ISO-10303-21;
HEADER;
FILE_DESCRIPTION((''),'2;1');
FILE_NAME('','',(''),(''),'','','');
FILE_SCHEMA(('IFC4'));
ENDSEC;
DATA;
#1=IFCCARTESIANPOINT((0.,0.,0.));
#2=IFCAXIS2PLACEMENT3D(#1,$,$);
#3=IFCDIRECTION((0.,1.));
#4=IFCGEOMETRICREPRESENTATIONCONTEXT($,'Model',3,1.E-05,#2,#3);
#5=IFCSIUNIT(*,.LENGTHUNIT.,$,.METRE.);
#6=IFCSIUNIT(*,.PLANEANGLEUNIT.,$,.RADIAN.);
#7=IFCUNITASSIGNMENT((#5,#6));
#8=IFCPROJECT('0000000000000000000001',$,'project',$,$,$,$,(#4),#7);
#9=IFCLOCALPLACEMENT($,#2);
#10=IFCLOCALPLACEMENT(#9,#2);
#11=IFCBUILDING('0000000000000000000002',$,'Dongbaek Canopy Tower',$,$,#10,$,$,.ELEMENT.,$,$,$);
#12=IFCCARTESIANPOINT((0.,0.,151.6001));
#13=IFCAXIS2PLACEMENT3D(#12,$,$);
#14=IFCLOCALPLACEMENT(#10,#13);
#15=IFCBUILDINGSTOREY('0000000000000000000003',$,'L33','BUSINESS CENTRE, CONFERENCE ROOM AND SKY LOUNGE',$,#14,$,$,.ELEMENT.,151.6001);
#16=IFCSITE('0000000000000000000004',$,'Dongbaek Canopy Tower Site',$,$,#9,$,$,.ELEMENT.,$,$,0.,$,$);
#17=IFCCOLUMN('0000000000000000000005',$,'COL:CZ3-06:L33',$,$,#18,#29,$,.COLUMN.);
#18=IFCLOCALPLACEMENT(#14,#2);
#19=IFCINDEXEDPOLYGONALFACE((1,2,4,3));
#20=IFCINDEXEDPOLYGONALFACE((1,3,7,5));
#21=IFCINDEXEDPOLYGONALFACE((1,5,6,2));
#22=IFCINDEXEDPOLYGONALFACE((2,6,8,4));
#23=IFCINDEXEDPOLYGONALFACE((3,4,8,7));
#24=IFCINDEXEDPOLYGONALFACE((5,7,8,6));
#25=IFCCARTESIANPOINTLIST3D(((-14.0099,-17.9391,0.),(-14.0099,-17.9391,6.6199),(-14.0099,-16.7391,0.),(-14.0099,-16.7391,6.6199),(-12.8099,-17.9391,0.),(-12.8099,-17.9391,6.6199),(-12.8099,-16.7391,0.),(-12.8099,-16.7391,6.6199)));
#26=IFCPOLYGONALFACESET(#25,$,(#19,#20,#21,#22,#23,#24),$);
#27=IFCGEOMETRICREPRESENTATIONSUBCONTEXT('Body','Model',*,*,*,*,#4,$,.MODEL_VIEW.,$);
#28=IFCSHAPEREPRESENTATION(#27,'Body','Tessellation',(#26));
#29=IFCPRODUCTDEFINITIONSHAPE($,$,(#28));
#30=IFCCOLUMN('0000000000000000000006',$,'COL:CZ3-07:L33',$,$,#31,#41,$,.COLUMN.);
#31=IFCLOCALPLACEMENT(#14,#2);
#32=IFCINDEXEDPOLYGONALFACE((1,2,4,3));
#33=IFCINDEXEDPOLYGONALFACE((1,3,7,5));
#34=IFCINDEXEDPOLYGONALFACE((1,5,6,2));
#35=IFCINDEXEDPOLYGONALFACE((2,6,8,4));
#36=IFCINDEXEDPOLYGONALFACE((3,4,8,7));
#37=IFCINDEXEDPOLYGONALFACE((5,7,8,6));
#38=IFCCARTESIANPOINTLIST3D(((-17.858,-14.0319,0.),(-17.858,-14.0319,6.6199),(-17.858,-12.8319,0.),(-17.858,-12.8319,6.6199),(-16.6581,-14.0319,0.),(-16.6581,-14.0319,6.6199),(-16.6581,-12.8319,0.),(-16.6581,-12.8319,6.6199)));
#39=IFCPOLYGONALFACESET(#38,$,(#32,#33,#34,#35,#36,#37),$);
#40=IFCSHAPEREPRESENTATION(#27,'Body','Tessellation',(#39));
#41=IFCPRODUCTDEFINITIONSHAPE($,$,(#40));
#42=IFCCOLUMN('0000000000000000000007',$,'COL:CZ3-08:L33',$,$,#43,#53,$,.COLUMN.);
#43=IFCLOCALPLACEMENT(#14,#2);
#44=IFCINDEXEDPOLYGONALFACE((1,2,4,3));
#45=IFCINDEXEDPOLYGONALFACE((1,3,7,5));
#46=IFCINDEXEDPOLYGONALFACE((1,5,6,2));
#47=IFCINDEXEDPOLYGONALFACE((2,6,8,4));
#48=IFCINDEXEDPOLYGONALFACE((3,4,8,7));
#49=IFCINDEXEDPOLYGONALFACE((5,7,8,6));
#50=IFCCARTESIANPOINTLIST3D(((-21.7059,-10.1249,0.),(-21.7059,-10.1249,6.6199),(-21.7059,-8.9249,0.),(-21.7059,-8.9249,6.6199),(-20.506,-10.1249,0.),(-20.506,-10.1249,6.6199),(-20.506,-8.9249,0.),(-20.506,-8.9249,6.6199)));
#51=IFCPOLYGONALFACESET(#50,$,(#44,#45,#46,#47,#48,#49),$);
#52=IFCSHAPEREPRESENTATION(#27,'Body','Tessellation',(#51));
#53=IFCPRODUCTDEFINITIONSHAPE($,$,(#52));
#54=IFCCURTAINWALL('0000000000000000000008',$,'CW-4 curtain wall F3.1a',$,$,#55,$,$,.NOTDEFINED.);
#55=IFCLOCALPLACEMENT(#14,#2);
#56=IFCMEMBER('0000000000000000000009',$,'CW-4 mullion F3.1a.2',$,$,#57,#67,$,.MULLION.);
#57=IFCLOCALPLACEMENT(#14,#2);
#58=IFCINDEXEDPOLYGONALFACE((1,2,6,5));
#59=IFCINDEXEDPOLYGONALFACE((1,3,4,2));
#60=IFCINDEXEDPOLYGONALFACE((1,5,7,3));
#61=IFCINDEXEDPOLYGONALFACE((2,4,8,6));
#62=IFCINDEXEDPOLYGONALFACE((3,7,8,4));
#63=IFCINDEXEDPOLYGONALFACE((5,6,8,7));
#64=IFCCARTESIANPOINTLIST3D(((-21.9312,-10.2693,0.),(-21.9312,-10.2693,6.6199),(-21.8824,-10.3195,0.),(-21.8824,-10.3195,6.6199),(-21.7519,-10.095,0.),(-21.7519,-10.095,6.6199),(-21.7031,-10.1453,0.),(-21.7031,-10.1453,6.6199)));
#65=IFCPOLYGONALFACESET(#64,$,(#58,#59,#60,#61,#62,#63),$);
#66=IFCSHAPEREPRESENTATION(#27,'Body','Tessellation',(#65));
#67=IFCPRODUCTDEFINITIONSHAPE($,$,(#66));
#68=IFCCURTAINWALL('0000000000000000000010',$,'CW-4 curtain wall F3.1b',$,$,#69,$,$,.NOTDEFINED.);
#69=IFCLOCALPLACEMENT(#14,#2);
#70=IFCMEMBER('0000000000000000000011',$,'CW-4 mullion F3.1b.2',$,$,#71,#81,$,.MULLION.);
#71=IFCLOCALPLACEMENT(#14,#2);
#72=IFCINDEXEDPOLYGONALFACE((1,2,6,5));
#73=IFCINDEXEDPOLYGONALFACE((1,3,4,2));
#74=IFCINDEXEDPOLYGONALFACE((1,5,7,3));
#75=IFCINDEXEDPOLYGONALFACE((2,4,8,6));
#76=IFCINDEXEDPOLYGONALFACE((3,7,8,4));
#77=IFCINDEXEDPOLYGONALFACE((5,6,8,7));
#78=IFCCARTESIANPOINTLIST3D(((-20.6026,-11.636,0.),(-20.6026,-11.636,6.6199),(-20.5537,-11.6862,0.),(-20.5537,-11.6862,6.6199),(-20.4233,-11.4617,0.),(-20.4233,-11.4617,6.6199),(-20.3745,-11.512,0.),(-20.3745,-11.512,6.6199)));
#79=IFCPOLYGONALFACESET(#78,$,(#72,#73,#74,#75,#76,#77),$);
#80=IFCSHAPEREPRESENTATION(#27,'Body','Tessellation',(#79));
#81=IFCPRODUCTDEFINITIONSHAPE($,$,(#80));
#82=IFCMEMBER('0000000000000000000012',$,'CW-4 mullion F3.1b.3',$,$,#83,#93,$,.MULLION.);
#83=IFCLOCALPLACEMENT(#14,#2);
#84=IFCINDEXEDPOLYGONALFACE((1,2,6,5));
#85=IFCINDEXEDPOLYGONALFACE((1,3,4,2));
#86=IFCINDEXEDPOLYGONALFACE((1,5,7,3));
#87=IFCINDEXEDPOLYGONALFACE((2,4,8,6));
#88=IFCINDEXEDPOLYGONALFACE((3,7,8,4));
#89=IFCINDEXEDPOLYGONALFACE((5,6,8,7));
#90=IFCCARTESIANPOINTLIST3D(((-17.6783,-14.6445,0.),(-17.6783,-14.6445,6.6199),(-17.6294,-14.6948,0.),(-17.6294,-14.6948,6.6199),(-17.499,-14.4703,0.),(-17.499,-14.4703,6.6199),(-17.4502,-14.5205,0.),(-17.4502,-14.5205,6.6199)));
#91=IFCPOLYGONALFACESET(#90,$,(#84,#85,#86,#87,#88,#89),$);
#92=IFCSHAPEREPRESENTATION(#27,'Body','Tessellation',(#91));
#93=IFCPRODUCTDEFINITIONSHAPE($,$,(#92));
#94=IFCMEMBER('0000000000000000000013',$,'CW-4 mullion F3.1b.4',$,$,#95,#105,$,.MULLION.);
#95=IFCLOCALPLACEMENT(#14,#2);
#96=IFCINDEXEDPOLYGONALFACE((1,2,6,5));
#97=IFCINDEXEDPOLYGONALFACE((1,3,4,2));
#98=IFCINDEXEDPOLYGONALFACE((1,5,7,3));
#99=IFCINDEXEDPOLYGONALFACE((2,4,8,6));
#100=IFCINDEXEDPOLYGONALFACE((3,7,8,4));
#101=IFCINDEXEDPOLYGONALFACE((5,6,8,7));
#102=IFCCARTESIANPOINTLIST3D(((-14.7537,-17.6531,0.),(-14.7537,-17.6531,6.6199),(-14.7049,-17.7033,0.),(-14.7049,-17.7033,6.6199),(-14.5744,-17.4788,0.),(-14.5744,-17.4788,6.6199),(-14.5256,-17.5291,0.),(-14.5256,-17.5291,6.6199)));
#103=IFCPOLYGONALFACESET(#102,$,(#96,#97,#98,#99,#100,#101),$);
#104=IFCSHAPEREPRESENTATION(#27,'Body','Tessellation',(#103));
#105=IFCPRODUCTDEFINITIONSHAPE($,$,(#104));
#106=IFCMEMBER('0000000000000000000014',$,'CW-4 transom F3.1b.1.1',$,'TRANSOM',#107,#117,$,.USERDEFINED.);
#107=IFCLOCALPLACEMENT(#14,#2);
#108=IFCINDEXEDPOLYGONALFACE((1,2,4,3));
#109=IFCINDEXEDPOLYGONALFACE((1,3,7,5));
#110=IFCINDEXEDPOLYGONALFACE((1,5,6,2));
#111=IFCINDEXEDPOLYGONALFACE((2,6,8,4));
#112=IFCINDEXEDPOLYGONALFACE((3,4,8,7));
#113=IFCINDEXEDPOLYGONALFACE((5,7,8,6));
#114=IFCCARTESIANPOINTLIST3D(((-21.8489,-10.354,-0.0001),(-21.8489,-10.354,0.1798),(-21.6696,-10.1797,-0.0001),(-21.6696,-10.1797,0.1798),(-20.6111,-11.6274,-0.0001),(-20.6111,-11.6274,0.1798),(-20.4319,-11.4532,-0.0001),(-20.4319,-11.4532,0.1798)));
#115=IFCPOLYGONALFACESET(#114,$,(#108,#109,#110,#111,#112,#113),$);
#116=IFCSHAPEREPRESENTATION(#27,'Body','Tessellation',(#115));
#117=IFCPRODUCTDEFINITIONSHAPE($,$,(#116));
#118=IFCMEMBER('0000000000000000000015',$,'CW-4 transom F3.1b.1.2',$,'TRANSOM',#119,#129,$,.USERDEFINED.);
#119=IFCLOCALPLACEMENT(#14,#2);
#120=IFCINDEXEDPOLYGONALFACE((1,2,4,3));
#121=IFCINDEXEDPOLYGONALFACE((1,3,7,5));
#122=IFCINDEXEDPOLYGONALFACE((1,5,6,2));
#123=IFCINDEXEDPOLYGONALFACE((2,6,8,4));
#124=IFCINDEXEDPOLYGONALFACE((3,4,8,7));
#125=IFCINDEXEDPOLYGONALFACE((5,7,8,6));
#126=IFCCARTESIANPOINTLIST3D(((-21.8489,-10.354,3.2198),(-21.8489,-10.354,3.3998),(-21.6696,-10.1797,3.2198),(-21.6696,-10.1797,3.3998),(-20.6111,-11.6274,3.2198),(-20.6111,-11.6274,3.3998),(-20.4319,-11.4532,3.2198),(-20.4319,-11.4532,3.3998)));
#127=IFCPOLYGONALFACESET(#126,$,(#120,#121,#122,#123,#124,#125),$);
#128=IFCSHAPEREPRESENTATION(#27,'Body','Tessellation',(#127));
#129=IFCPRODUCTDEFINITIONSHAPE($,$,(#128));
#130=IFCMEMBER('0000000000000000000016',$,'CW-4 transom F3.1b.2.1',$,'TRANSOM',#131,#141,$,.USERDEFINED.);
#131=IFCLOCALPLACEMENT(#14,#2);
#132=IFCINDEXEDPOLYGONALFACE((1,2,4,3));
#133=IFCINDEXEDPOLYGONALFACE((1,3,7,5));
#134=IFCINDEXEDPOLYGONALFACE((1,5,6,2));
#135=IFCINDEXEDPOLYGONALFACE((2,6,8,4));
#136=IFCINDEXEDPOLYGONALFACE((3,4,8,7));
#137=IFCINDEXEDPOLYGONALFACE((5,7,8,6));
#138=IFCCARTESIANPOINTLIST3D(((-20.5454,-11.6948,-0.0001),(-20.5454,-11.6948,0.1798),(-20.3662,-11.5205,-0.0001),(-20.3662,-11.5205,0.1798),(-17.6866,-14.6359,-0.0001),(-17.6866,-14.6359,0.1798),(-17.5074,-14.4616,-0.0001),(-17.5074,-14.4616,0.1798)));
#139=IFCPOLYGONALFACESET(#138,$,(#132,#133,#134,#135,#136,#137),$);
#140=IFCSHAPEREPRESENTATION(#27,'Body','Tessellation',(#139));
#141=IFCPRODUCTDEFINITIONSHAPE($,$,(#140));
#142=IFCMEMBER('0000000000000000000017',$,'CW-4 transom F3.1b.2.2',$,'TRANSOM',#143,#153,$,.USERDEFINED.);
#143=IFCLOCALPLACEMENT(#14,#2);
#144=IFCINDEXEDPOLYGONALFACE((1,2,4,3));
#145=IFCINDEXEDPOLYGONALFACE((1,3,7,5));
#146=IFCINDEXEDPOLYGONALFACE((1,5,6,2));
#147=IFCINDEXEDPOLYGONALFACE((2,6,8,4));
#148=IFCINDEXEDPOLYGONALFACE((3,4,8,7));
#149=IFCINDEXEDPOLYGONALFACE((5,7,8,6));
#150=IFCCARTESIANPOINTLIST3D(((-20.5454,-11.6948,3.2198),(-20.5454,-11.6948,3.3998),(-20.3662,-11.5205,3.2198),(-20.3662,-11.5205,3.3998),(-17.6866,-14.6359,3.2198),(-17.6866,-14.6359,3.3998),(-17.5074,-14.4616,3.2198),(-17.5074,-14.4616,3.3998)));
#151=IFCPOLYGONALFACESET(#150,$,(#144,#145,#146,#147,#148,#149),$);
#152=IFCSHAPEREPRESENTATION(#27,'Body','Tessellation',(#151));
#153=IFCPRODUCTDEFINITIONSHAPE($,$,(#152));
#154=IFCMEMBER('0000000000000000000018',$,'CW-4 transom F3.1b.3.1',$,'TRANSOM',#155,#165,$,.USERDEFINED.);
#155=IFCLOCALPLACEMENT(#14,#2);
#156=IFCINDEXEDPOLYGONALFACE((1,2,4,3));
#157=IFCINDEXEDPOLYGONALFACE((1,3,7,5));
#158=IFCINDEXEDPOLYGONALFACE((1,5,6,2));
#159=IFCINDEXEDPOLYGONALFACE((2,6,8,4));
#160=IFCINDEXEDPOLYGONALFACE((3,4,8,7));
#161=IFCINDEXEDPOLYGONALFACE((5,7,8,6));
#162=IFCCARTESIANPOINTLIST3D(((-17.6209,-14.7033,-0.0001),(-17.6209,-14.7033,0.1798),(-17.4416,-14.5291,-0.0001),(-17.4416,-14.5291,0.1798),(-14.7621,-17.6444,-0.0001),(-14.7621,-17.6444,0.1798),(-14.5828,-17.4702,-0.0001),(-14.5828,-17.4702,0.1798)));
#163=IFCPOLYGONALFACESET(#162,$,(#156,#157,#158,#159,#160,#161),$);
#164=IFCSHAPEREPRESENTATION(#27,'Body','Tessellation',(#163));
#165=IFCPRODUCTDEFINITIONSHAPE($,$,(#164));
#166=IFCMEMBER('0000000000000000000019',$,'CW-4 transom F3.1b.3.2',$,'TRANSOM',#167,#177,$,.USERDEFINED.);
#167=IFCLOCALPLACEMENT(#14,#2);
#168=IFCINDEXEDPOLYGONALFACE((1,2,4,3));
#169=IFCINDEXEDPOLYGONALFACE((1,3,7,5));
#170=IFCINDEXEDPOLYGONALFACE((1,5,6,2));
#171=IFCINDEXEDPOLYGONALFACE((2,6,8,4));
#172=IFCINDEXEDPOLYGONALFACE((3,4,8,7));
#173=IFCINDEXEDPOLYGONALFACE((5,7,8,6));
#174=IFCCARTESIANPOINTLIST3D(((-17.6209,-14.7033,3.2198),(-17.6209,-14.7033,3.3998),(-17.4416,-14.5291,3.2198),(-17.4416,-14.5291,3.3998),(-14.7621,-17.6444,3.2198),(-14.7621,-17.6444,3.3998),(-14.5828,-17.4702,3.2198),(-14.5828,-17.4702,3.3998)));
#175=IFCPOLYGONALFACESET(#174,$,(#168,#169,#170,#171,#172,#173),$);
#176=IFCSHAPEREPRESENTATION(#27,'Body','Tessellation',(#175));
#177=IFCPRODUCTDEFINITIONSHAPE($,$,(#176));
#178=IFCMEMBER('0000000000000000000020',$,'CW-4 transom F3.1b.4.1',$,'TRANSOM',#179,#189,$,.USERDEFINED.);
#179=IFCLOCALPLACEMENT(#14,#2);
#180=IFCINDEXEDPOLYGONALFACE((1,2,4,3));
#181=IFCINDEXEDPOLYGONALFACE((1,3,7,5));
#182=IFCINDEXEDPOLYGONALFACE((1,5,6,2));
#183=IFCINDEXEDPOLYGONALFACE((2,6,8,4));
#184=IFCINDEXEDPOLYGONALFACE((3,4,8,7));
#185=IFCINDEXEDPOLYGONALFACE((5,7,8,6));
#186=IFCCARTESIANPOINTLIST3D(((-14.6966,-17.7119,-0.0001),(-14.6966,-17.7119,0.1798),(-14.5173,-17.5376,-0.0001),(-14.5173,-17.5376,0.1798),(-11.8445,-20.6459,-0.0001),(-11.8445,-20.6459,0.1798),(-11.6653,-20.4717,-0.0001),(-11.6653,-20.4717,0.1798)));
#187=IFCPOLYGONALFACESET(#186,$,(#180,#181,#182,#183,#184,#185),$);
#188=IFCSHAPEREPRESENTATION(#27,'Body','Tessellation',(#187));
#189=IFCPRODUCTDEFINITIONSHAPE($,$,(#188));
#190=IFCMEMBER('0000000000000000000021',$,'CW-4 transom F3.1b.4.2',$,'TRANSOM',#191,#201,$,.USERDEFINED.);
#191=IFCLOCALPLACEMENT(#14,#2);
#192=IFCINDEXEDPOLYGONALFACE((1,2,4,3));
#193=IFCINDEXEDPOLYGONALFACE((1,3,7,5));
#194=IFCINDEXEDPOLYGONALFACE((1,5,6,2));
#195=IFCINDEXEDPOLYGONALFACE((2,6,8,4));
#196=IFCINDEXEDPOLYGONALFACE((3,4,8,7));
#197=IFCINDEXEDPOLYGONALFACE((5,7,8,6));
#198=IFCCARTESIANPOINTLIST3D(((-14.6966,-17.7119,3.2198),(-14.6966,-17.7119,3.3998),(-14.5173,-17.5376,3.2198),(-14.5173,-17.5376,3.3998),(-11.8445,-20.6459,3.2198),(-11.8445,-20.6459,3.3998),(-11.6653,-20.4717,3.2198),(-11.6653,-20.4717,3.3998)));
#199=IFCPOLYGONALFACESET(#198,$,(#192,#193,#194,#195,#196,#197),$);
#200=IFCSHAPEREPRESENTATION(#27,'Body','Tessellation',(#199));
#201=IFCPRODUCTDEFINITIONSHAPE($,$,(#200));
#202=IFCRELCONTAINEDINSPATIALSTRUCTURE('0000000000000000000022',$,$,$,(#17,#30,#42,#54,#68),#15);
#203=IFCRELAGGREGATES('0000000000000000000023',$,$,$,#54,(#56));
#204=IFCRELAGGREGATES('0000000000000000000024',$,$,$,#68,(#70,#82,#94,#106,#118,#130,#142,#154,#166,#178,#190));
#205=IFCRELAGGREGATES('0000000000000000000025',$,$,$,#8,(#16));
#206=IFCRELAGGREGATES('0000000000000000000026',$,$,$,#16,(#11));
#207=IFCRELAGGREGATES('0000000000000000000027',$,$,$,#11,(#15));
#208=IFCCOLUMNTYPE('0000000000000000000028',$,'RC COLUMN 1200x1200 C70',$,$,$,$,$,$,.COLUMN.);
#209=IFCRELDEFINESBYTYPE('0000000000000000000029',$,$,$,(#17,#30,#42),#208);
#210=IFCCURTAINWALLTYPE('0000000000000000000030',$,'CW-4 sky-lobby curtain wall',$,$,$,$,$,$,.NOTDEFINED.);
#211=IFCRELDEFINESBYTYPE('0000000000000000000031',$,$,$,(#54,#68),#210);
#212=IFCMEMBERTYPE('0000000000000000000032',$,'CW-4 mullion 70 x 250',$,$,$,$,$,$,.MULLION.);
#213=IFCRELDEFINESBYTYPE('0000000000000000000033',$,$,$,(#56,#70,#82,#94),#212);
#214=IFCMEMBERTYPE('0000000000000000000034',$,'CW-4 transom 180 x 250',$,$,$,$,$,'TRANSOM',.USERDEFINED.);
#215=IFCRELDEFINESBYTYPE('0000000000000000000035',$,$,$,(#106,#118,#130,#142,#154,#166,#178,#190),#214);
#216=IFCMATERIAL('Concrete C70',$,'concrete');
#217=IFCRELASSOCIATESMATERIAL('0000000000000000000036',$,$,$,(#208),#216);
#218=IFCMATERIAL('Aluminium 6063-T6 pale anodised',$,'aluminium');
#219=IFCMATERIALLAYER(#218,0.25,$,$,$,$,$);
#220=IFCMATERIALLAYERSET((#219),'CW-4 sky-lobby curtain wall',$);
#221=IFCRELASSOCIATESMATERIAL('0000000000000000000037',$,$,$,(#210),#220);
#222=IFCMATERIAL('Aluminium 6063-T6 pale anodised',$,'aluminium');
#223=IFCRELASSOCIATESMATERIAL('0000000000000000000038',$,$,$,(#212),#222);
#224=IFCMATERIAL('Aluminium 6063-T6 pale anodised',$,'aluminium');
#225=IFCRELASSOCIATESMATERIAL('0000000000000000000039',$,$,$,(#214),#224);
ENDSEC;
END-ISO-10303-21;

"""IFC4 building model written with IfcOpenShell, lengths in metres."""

from ifc_helpers import new_model, si_unit, direction, frame, origin, origin_2d, place, context, subcontext, project, spatial, rectangle, extrude, material, layer, layer_set, material_profile, profile_set, type_object, element, aggregate, save


model = new_model("IFC4")

# Units and contexts
model_context = context("Model", 3, precision=1e-05, world=origin(), true_north=direction((0.0, 1.0)))
body_context = subcontext(model_context, "Body", "Model", "MODEL_VIEW")
ifc_project = project(units=[si_unit("LENGTHUNIT", "METRE"), si_unit("PLANEANGLEUNIT", "RADIAN")], contexts=[model_context])

# Site, building, storey
site_placement = place(None, origin())
site = spatial("IfcSite", under=ifc_project, at=site_placement, Name="Dongbaek Canopy Tower Site", CompositionType="ELEMENT", RefElevation=0.0)
building_placement = place(site_placement, origin())
building = spatial("IfcBuilding", under=site, at=building_placement, Name="Dongbaek Canopy Tower", CompositionType="ELEMENT")
storey_placement = place(building_placement, frame((0.0, 0.0, 151.6001)))
storey = spatial("IfcBuildingStorey", under=building, at=storey_placement, Name="L33", Description="BUSINESS CENTRE, CONFERENCE ROOM AND SKY LOUNGE", CompositionType="ELEMENT", Elevation=151.6001)

# Columns
ifc_material_1 = material(Name="Concrete C70", Category="concrete")
ifc_material_profile_1 = material_profile(ifc_material_1, rectangle(XDim=1.2, YDim=1.2, at=origin_2d()), Name="RC COLUMN 1200x1200 C70")
ifc_profile_set_1 = profile_set([ifc_material_profile_1], Name="Concrete C70")
column_type = type_object("IfcColumnType", Name="RC COLUMN 1200x1200 C70", PredefinedType="COLUMN", material=ifc_profile_set_1)
for number, where, z_axis, x_axis, name in (
    (1, (-13.4099, -17.3391, 0.0), (0.0, 0.0, 1.0), (1.0, 0.0, 0.0), "COL:CZ3-06:L33"),
    (2, (-17.2581, -13.4319, 0.0), (0.0, 0.0, 1.0), (1.0, 0.0, 0.0), "COL:CZ3-07:L33"),
    (3, (-21.106, -9.5249, 0.0), (0.0, 0.0, 1.0), (1.0, 0.0, 0.0), "COL:CZ3-08:L33"),
):
    element("IfcColumn", number, at=place(storey_placement, frame(where, z_axis=z_axis, x_axis=x_axis)), inside=storey, type_object=column_type, Name=name, PredefinedType="COLUMN", context=body_context, shape_type="SweptSolid", body=[
        extrude(rectangle(XDim=1.2, YDim=1.2, at=origin_2d()), origin(), (0.0, 0.0, 1.0), 6.6199),
    ])

# Curtain wall, member
ifc_material_2 = material(Name="Aluminium 6063-T6 pale anodised", Category="aluminium")
ifc_layer_1 = layer(ifc_material_2, 0.25)
ifc_layer_set_1 = layer_set([ifc_layer_1], Name="CW-4 sky-lobby curtain wall")
curtain_wall_type = type_object("IfcCurtainWallType", Name="CW-4 sky-lobby curtain wall", PredefinedType="NOTDEFINED", material=ifc_layer_set_1)
curtain_wall_1_placement = place(storey_placement, origin())
curtain_wall_1 = element("IfcCurtainWall", 4, at=curtain_wall_1_placement, inside=storey, type_object=curtain_wall_type, Name="CW-4 curtain wall F3.1a", PredefinedType="NOTDEFINED")
ifc_material_3 = material(Name="Aluminium 6063-T6 pale anodised", Category="aluminium")
ifc_material_profile_2 = material_profile(ifc_material_3, rectangle(XDim=0.25, YDim=0.0701, at=origin_2d()), Name="CW-4 mullion 70 x 250")
ifc_profile_set_2 = profile_set([ifc_material_profile_2], Name="Aluminium 6063-T6 pale anodised")
member_type_1 = type_object("IfcMemberType", Name="CW-4 mullion 70 x 250", PredefinedType="MULLION", material=ifc_profile_set_2)
member_1_placement = place(storey_placement, frame((-21.8171, -10.2073, 0.0), z_axis=(0.0, 0.0, 1.0), x_axis=(-0.717057, -0.697015, 0.0)))
member_1 = element("IfcMember", 5, at=member_1_placement, type_object=member_type_1, Name="CW-4 mullion F3.1a.2", PredefinedType="MULLION", context=body_context, shape_type="SweptSolid", body=[
    extrude(rectangle(XDim=0.25, YDim=0.0701, at=origin_2d()), origin(), (0.0, 0.0, 1.0), 6.6199),
])
aggregate(curtain_wall_1, [member_1])

# Curtain wall, members
curtain_wall_2_placement = place(storey_placement, origin())
curtain_wall_2 = element("IfcCurtainWall", 6, at=curtain_wall_2_placement, inside=storey, type_object=curtain_wall_type, Name="CW-4 curtain wall F3.1b", PredefinedType="NOTDEFINED")
member_2_placement = place(storey_placement, frame((-20.4885, -11.574, 0.0), z_axis=(0.0, 0.0, 1.0), x_axis=(-0.717057, -0.697015, 0.0)))
member_2 = element("IfcMember", 7, at=member_2_placement, type_object=member_type_1, Name="CW-4 mullion F3.1b.2", PredefinedType="MULLION", context=body_context, shape_type="SweptSolid", body=[
    extrude(rectangle(XDim=0.25, YDim=0.0701, at=origin_2d()), origin(), (0.0, 0.0, 1.0), 6.6199),
])
member_3_placement = place(storey_placement, frame((-17.5642, -14.5825, 0.0), z_axis=(0.0, 0.0, 1.0), x_axis=(-0.717057, -0.697015, 0.0)))
member_3 = element("IfcMember", 8, at=member_3_placement, type_object=member_type_1, Name="CW-4 mullion F3.1b.3", PredefinedType="MULLION", context=body_context, shape_type="SweptSolid", body=[
    extrude(rectangle(XDim=0.25, YDim=0.0701, at=origin_2d()), origin(), (0.0, 0.0, 1.0), 6.6199),
])
member_4_placement = place(storey_placement, frame((-14.6396, -17.5911, 0.0), z_axis=(0.0, 0.0, 1.0), x_axis=(-0.717057, -0.697015, 0.0)))
member_4 = element("IfcMember", 9, at=member_4_placement, type_object=member_type_1, Name="CW-4 mullion F3.1b.4", PredefinedType="MULLION", context=body_context, shape_type="SweptSolid", body=[
    extrude(rectangle(XDim=0.25, YDim=0.0701, at=origin_2d()), origin(), (0.0, 0.0, 1.0), 6.6199),
])
ifc_material_4 = material(Name="Aluminium 6063-T6 pale anodised", Category="aluminium")
ifc_material_profile_3 = material_profile(ifc_material_4, rectangle(XDim=0.25, YDim=0.1799, at=origin_2d()), Name="CW-4 transom 180 x 250")
ifc_profile_set_3 = profile_set([ifc_material_profile_3], Name="Aluminium 6063-T6 pale anodised")
member_type_2 = type_object("IfcMemberType", Name="CW-4 transom 180 x 250", ElementType="TRANSOM", PredefinedType="USERDEFINED", material=ifc_profile_set_3)
member_5_placement = place(storey_placement, frame((-21.7593, -10.2668, 0.0898), z_axis=(0.697, -0.717071, 0.0), x_axis=(0.717071, 0.697, 0.0)))
member_5 = element("IfcMember", 10, at=member_5_placement, type_object=member_type_2, Name="CW-4 transom F3.1b.1.1", ObjectType="TRANSOM", PredefinedType="USERDEFINED", context=body_context, shape_type="SweptSolid", body=[
    extrude(rectangle(XDim=0.25, YDim=0.1799, at=origin_2d()), origin(), (0.0, 0.0, 1.0), 1.7759),
])
member_6_placement = place(storey_placement, frame((-21.7593, -10.2668, 3.3098), z_axis=(0.697, -0.717071, 0.0), x_axis=(0.717071, 0.697, 0.0)))
member_6 = element("IfcMember", 11, at=member_6_placement, type_object=member_type_2, Name="CW-4 transom F3.1b.1.2", ObjectType="TRANSOM", PredefinedType="USERDEFINED", context=body_context, shape_type="SweptSolid", body=[
    extrude(rectangle(XDim=0.25, YDim=0.1799, at=origin_2d()), origin(), (0.0, 0.0, 1.0), 1.7759),
])
member_7_placement = place(storey_placement, frame((-20.4558, -11.6077, 0.0898), z_axis=(0.697006, -0.717065, 0.0), x_axis=(0.717065, 0.697006, 0.0)))
member_7 = element("IfcMember", 12, at=member_7_placement, type_object=member_type_2, Name="CW-4 transom F3.1b.2.1", ObjectType="TRANSOM", PredefinedType="USERDEFINED", context=body_context, shape_type="SweptSolid", body=[
    extrude(rectangle(XDim=0.25, YDim=0.1799, at=origin_2d()), origin(), (0.0, 0.0, 1.0), 4.1016),
])
member_8_placement = place(storey_placement, frame((-20.4558, -11.6077, 3.3098), z_axis=(0.697006, -0.717065, 0.0), x_axis=(0.717065, 0.697006, 0.0)))
member_8 = element("IfcMember", 13, at=member_8_placement, type_object=member_type_2, Name="CW-4 transom F3.1b.2.2", ObjectType="TRANSOM", PredefinedType="USERDEFINED", context=body_context, shape_type="SweptSolid", body=[
    extrude(rectangle(XDim=0.25, YDim=0.1799, at=origin_2d()), origin(), (0.0, 0.0, 1.0), 4.1016),
])
member_9_placement = place(storey_placement, frame((-17.5312, -14.6162, 0.0898), z_axis=(0.697006, -0.717065, 0.0), x_axis=(0.717065, 0.697006, 0.0)))
member_9 = element("IfcMember", 14, at=member_9_placement, type_object=member_type_2, Name="CW-4 transom F3.1b.3.1", ObjectType="TRANSOM", PredefinedType="USERDEFINED", context=body_context, shape_type="SweptSolid", body=[
    extrude(rectangle(XDim=0.25, YDim=0.1799, at=origin_2d()), origin(), (0.0, 0.0, 1.0), 4.1016),
])
member_10_placement = place(storey_placement, frame((-17.5312, -14.6162, 3.3098), z_axis=(0.697006, -0.717065, 0.0), x_axis=(0.717065, 0.697006, 0.0)))
member_10 = element("IfcMember", 15, at=member_10_placement, type_object=member_type_2, Name="CW-4 transom F3.1b.3.2", ObjectType="TRANSOM", PredefinedType="USERDEFINED", context=body_context, shape_type="SweptSolid", body=[
    extrude(rectangle(XDim=0.25, YDim=0.1799, at=origin_2d()), origin(), (0.0, 0.0, 1.0), 4.1016),
])
member_11_placement = place(storey_placement, frame((-14.6069, -17.6248, 0.0898), z_axis=(0.697012, -0.71706, 0.0), x_axis=(0.71706, 0.697012, 0.0)))
member_11 = element("IfcMember", 16, at=member_11_placement, type_object=member_type_2, Name="CW-4 transom F3.1b.4.1", ObjectType="TRANSOM", PredefinedType="USERDEFINED", context=body_context, shape_type="SweptSolid", body=[
    extrude(rectangle(XDim=0.25, YDim=0.1799, at=origin_2d()), origin(), (0.0, 0.0, 1.0), 4.0918),
])
member_12_placement = place(storey_placement, frame((-14.6069, -17.6248, 3.3098), z_axis=(0.697012, -0.71706, 0.0), x_axis=(0.71706, 0.697012, 0.0)))
member_12 = element("IfcMember", 17, at=member_12_placement, type_object=member_type_2, Name="CW-4 transom F3.1b.4.2", ObjectType="TRANSOM", PredefinedType="USERDEFINED", context=body_context, shape_type="SweptSolid", body=[
    extrude(rectangle(XDim=0.25, YDim=0.1799, at=origin_2d()), origin(), (0.0, 0.0, 1.0), 4.0918),
])

aggregate(curtain_wall_2, [member_2, member_3, member_4, member_5, member_6, member_7, member_8, member_9, member_10, member_11, member_12])

save(model, "model.ifc")
